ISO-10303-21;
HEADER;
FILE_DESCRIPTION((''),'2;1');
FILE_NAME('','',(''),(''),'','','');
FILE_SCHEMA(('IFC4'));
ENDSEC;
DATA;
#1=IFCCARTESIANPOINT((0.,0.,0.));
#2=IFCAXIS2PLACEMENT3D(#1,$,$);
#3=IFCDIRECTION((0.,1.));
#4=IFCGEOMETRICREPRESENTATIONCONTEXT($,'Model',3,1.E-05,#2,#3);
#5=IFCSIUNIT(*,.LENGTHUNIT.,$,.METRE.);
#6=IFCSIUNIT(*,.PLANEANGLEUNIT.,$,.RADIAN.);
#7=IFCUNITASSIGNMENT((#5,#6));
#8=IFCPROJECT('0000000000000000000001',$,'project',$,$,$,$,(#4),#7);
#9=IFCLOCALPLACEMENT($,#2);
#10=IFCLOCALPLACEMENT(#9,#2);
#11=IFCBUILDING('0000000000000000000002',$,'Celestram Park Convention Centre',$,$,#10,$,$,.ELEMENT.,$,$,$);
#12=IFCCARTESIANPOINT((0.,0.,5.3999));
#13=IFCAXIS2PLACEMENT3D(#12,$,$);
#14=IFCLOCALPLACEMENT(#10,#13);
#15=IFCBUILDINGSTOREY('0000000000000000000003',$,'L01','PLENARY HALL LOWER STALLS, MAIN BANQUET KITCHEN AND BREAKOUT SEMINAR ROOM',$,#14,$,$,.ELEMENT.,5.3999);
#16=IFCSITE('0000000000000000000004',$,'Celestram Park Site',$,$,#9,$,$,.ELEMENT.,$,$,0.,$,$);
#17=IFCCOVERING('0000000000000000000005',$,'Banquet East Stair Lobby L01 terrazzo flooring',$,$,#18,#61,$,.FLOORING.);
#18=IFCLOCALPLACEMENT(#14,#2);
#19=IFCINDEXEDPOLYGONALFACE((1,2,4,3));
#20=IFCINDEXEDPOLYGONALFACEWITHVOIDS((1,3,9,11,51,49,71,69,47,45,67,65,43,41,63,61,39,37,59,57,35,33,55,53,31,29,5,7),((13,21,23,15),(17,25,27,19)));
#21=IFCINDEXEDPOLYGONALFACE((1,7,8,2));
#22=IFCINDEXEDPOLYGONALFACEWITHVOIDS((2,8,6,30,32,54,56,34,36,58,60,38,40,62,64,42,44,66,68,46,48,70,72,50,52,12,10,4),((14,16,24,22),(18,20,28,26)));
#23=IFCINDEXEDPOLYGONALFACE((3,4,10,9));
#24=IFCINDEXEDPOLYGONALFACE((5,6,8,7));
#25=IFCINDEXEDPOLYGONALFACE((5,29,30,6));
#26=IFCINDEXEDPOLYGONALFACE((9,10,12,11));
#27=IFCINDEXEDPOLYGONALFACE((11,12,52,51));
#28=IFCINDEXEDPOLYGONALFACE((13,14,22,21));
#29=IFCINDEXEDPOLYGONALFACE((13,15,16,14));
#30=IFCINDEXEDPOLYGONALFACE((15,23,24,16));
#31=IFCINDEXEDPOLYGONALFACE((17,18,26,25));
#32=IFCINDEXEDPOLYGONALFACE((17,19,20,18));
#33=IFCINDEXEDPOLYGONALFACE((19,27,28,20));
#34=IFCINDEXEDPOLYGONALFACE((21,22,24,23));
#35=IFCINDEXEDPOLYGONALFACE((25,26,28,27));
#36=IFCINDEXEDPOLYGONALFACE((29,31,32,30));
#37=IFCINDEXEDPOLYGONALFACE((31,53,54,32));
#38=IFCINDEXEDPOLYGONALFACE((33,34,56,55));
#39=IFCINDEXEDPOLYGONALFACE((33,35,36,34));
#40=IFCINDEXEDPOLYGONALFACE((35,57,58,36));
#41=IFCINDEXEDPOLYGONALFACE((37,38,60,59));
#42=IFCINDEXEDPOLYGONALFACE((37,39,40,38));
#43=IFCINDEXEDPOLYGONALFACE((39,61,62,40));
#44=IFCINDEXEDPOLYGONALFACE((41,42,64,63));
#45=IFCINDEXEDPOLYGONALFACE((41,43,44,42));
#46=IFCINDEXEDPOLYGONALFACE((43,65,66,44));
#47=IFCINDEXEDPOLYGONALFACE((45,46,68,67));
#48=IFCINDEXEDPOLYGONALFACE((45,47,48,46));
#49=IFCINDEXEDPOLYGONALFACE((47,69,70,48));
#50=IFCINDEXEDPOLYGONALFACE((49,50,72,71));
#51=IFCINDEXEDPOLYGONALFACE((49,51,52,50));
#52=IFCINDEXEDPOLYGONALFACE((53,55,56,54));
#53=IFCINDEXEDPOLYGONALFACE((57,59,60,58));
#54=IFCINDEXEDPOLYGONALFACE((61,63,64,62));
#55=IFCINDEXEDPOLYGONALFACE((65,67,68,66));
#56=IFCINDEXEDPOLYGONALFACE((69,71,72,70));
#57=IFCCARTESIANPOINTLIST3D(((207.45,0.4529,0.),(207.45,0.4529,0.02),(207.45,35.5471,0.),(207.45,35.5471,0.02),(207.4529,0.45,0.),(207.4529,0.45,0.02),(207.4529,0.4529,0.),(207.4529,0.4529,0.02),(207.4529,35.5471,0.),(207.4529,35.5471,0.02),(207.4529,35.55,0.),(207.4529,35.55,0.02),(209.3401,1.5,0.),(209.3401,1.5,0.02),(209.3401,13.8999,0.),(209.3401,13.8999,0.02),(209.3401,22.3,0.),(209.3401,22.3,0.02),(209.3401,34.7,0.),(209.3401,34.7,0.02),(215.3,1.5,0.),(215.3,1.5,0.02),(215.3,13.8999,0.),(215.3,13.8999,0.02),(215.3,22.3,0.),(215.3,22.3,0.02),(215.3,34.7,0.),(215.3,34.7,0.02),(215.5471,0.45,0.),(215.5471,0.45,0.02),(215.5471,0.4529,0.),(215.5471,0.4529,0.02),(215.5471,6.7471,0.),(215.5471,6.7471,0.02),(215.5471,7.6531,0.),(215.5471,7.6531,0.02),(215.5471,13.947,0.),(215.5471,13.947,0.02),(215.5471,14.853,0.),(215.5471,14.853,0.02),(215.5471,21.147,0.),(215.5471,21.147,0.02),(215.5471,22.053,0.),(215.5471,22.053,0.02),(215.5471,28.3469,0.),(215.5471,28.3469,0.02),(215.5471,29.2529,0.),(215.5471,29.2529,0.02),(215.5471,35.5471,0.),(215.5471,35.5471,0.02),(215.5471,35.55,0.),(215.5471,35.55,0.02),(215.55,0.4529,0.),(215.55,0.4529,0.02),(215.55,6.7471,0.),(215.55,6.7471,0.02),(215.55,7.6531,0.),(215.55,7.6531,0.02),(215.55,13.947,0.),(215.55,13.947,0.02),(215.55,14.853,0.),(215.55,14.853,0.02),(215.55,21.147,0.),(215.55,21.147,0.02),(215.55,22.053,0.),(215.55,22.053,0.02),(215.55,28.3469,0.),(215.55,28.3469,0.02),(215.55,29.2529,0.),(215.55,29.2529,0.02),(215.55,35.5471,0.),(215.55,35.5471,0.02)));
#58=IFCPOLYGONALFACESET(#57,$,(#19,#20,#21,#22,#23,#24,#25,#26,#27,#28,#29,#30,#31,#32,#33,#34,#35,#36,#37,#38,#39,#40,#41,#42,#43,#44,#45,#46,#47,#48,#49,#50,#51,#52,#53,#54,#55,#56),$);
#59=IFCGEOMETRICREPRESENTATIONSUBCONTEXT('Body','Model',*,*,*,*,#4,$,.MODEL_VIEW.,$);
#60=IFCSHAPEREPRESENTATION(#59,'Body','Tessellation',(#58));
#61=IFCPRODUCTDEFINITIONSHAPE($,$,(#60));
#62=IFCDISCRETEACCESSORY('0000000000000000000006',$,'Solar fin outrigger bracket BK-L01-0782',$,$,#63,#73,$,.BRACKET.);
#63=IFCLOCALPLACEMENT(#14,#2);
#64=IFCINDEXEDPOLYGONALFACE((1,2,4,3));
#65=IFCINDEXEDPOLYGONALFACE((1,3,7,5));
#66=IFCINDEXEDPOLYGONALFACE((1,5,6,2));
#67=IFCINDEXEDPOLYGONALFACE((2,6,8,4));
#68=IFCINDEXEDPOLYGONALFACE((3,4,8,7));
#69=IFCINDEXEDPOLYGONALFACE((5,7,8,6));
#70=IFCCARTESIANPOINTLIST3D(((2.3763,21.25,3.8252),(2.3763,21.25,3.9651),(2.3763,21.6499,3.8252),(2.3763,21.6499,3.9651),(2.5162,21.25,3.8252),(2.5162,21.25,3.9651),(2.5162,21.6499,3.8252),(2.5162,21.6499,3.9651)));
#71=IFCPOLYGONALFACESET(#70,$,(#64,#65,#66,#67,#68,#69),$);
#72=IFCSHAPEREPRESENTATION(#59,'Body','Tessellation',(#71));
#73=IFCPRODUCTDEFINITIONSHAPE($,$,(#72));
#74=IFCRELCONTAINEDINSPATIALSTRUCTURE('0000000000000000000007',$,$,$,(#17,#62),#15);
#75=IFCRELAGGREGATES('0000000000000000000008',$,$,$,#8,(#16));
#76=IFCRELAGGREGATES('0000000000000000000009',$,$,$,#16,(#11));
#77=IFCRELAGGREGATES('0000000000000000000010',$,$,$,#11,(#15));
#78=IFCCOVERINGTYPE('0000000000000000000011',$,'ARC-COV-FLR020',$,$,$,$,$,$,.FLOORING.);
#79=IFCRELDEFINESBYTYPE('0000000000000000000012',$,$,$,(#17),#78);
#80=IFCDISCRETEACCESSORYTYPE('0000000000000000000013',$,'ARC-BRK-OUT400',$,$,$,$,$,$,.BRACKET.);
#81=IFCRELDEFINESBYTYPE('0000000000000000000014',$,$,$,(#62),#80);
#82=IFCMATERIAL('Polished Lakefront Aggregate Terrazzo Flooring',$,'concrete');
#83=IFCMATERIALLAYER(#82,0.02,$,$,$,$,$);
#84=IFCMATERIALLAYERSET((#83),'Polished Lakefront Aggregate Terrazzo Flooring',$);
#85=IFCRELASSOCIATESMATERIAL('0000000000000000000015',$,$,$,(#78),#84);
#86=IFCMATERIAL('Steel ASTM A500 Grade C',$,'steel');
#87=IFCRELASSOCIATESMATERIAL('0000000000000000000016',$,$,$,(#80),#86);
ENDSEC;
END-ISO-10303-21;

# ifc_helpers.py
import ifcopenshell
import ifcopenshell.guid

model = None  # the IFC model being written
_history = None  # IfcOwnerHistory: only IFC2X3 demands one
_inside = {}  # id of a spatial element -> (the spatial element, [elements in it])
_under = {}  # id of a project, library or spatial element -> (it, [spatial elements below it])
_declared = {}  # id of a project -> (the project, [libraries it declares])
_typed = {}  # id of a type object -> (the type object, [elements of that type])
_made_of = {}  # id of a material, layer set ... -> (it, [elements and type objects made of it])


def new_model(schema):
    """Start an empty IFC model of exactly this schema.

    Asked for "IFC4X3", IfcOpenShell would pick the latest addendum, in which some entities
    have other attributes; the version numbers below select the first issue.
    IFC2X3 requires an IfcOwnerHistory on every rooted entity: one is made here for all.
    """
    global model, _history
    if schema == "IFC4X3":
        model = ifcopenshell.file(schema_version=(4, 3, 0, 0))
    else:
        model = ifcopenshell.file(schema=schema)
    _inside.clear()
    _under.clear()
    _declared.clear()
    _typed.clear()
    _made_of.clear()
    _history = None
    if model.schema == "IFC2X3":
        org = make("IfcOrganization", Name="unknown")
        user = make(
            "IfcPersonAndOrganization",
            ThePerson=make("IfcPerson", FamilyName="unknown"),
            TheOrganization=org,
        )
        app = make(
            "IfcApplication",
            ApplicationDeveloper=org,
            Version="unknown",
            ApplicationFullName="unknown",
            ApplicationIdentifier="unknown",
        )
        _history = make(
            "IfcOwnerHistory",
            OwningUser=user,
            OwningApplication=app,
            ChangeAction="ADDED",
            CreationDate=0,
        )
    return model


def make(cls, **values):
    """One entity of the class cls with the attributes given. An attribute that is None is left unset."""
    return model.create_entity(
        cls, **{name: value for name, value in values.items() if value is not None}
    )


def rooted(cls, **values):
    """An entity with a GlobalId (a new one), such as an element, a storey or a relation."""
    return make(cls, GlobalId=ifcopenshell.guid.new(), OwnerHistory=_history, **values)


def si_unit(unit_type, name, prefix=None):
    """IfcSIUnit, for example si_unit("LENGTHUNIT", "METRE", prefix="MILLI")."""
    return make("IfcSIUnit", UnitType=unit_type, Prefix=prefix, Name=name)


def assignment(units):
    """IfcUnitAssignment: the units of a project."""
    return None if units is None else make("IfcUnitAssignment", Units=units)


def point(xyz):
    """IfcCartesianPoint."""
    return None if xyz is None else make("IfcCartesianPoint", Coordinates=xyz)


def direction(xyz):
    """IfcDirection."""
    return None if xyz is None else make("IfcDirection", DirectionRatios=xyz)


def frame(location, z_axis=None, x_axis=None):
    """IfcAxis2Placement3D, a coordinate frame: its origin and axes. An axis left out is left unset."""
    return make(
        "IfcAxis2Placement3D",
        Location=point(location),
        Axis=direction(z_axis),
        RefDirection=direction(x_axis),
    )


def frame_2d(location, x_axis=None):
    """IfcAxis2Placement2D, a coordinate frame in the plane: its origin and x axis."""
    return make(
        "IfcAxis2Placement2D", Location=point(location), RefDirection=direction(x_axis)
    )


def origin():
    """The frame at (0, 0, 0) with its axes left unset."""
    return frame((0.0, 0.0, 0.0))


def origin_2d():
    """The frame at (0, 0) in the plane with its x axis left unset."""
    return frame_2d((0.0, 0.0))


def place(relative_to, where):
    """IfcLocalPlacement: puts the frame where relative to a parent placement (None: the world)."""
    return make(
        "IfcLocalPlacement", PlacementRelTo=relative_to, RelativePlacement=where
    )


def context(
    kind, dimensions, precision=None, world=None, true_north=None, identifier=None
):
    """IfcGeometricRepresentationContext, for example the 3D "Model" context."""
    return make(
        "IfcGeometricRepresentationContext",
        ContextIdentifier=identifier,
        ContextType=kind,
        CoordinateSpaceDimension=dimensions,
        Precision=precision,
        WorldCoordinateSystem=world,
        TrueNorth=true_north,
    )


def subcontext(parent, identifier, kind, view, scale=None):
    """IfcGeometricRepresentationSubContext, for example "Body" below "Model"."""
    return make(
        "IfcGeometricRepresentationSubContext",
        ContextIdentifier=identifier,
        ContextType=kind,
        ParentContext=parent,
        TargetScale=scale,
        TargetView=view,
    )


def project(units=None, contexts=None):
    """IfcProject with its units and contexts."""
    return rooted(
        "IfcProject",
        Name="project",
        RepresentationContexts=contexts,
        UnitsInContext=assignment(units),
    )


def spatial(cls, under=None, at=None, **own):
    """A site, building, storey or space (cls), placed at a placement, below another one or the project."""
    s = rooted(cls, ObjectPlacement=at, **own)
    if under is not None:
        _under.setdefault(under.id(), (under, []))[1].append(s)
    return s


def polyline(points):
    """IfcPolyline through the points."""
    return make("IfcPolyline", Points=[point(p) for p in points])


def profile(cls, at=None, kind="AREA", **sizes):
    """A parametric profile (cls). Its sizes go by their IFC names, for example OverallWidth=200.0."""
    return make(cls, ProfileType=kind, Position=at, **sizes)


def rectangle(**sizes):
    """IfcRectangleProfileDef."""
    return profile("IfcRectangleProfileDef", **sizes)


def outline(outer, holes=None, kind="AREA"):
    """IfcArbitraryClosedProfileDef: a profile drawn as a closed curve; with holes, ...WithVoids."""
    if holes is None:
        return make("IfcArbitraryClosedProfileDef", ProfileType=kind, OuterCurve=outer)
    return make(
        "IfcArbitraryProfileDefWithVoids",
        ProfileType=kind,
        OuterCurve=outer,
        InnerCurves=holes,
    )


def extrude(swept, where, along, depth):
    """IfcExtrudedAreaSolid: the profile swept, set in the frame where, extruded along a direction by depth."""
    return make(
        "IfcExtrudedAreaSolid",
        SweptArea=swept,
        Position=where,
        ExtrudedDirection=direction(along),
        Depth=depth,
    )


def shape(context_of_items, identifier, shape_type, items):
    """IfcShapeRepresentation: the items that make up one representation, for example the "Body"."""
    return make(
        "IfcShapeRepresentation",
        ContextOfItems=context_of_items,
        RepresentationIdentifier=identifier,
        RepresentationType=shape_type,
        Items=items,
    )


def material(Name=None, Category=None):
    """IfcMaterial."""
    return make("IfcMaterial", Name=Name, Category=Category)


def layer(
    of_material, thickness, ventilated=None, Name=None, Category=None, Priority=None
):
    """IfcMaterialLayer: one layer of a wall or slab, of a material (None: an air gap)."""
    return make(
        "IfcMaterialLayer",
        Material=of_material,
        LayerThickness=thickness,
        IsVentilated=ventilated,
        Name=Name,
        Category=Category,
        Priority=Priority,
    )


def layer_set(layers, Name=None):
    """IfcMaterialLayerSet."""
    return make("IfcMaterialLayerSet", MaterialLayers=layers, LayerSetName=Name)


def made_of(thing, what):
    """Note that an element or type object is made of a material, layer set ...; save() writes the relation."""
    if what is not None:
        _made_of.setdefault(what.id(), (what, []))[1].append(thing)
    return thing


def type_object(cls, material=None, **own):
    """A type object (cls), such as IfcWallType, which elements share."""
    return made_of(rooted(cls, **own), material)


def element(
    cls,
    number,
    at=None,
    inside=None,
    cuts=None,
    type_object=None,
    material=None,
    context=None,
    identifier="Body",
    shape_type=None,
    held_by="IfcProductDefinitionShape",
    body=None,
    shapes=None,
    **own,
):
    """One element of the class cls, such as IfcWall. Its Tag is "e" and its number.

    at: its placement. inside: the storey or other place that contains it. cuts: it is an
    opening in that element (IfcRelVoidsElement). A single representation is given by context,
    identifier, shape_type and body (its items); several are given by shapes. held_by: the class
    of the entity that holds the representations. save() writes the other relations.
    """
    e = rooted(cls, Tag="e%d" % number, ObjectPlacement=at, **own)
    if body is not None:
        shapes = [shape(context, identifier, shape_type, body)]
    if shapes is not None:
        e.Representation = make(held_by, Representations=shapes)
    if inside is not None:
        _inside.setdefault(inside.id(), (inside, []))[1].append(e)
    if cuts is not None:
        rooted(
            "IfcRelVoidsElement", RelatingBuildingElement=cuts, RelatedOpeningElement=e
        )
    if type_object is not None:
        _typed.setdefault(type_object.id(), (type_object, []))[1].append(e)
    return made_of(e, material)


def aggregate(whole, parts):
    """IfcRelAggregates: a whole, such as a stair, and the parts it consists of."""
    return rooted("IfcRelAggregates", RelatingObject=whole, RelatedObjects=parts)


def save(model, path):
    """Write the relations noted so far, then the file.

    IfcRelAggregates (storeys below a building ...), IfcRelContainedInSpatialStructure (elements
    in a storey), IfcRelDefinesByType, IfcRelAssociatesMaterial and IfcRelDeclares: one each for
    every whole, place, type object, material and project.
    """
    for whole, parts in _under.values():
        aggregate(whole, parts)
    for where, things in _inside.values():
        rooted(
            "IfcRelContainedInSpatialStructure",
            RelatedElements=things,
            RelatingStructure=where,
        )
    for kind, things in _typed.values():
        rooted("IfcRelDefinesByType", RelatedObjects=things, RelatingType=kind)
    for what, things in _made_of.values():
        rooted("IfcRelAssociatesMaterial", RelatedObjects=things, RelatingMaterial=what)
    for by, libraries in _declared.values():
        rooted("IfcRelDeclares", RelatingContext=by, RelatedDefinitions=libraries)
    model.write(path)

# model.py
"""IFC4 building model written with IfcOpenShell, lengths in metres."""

from ifc_helpers import new_model, si_unit, direction, frame, origin, origin_2d, place, context, subcontext, project, spatial, polyline, rectangle, outline, extrude, material, layer, layer_set, type_object, element, save


model = new_model("IFC4")

# Units and contexts
model_context = context("Model", 3, precision=1e-05, world=origin(), true_north=direction((0.0, 1.0)))
body_context = subcontext(model_context, "Body", "Model", "MODEL_VIEW")
ifc_project = project(units=[si_unit("LENGTHUNIT", "METRE"), si_unit("PLANEANGLEUNIT", "RADIAN")], contexts=[model_context])

# Site, building, storey
site_placement = place(None, origin())
site = spatial("IfcSite", under=ifc_project, at=site_placement, Name="Celestram Park Site", CompositionType="ELEMENT", RefElevation=0.0)
building_placement = place(site_placement, origin())
building = spatial("IfcBuilding", under=site, at=building_placement, Name="Celestram Park Convention Centre", CompositionType="ELEMENT")
storey_placement = place(building_placement, frame((0.0, 0.0, 5.3999)))
storey = spatial("IfcBuildingStorey", under=building, at=storey_placement, Name="L01", Description="PLENARY HALL LOWER STALLS, MAIN BANQUET KITCHEN AND BREAKOUT SEMINAR ROOM", CompositionType="ELEMENT", Elevation=5.3999)

# Covering
ifc_material_1 = material(Name="Polished Lakefront Aggregate Terrazzo Flooring", Category="concrete")
ifc_layer_1 = layer(ifc_material_1, 0.02)
ifc_layer_set_1 = layer_set([ifc_layer_1], Name="Polished Lakefront Aggregate Terrazzo Flooring")
covering_type_1 = type_object("IfcCoveringType", Name="ARC-COV-FLR020", PredefinedType="FLOORING", material=ifc_layer_set_1)
covering_1_placement = place(storey_placement, origin())
element("IfcCovering", 1, at=covering_1_placement, inside=storey, type_object=covering_type_1, Name="Banquet East Stair Lobby L01 terrazzo flooring", PredefinedType="FLOORING", context=body_context, shape_type="SweptSolid", body=[
    extrude(outline(polyline([(215.5471, 35.55), (215.5471, 35.5471), (215.55, 35.5471), (215.55, 29.2529), (215.5471, 29.2529), (215.5471, 28.3469), (215.55, 28.3469), (215.55, 22.053), (215.5471, 22.053), (215.5471, 21.147), (215.55, 21.147), (215.55, 14.853), (215.5471, 14.853), (215.5471, 13.947), (215.55, 13.947), (215.55, 7.6531), (215.5471, 7.6531), (215.5471, 6.7471), (215.55, 6.7471), (215.55, 0.4529), (215.5471, 0.4529), (215.5471, 0.45), (207.4529, 0.45), (207.4529, 0.4529), (207.45, 0.4529), (207.45, 35.5471), (207.4529, 35.5471), (207.4529, 35.55), (215.5471, 35.55)]), holes=[polyline([(215.3, 13.8999), (209.3401, 13.8999), (209.3401, 1.5), (215.3, 1.5), (215.3, 13.8999)]), polyline([(215.3, 34.7), (209.3401, 34.7), (209.3401, 22.3), (215.3, 22.3), (215.3, 34.7)])]), origin(), (0.0, 0.0, 1.0), 0.02),
])

# Discrete accessory
ifc_material_2 = material(Name="Steel ASTM A500 Grade C", Category="steel")
discrete_accessory_type = type_object("IfcDiscreteAccessoryType", Name="ARC-BRK-OUT400", PredefinedType="BRACKET", material=ifc_material_2)
discrete_accessory_placement = place(storey_placement, frame((2.4463, 21.45, 3.8252), z_axis=(0.0, 0.0, 1.0), x_axis=(0.0, -1.0, 0.0)))
element("IfcDiscreteAccessory", 2, at=discrete_accessory_placement, inside=storey, type_object=discrete_accessory_type, Name="Solar fin outrigger bracket BK-L01-0782", PredefinedType="BRACKET", context=body_context, shape_type="SweptSolid", body=[
    extrude(rectangle(XDim=0.3999, YDim=0.1399, at=origin_2d()), origin(), (0.0, 0.0, 1.0), 0.1399),
])

save(model, "model.ifc")
